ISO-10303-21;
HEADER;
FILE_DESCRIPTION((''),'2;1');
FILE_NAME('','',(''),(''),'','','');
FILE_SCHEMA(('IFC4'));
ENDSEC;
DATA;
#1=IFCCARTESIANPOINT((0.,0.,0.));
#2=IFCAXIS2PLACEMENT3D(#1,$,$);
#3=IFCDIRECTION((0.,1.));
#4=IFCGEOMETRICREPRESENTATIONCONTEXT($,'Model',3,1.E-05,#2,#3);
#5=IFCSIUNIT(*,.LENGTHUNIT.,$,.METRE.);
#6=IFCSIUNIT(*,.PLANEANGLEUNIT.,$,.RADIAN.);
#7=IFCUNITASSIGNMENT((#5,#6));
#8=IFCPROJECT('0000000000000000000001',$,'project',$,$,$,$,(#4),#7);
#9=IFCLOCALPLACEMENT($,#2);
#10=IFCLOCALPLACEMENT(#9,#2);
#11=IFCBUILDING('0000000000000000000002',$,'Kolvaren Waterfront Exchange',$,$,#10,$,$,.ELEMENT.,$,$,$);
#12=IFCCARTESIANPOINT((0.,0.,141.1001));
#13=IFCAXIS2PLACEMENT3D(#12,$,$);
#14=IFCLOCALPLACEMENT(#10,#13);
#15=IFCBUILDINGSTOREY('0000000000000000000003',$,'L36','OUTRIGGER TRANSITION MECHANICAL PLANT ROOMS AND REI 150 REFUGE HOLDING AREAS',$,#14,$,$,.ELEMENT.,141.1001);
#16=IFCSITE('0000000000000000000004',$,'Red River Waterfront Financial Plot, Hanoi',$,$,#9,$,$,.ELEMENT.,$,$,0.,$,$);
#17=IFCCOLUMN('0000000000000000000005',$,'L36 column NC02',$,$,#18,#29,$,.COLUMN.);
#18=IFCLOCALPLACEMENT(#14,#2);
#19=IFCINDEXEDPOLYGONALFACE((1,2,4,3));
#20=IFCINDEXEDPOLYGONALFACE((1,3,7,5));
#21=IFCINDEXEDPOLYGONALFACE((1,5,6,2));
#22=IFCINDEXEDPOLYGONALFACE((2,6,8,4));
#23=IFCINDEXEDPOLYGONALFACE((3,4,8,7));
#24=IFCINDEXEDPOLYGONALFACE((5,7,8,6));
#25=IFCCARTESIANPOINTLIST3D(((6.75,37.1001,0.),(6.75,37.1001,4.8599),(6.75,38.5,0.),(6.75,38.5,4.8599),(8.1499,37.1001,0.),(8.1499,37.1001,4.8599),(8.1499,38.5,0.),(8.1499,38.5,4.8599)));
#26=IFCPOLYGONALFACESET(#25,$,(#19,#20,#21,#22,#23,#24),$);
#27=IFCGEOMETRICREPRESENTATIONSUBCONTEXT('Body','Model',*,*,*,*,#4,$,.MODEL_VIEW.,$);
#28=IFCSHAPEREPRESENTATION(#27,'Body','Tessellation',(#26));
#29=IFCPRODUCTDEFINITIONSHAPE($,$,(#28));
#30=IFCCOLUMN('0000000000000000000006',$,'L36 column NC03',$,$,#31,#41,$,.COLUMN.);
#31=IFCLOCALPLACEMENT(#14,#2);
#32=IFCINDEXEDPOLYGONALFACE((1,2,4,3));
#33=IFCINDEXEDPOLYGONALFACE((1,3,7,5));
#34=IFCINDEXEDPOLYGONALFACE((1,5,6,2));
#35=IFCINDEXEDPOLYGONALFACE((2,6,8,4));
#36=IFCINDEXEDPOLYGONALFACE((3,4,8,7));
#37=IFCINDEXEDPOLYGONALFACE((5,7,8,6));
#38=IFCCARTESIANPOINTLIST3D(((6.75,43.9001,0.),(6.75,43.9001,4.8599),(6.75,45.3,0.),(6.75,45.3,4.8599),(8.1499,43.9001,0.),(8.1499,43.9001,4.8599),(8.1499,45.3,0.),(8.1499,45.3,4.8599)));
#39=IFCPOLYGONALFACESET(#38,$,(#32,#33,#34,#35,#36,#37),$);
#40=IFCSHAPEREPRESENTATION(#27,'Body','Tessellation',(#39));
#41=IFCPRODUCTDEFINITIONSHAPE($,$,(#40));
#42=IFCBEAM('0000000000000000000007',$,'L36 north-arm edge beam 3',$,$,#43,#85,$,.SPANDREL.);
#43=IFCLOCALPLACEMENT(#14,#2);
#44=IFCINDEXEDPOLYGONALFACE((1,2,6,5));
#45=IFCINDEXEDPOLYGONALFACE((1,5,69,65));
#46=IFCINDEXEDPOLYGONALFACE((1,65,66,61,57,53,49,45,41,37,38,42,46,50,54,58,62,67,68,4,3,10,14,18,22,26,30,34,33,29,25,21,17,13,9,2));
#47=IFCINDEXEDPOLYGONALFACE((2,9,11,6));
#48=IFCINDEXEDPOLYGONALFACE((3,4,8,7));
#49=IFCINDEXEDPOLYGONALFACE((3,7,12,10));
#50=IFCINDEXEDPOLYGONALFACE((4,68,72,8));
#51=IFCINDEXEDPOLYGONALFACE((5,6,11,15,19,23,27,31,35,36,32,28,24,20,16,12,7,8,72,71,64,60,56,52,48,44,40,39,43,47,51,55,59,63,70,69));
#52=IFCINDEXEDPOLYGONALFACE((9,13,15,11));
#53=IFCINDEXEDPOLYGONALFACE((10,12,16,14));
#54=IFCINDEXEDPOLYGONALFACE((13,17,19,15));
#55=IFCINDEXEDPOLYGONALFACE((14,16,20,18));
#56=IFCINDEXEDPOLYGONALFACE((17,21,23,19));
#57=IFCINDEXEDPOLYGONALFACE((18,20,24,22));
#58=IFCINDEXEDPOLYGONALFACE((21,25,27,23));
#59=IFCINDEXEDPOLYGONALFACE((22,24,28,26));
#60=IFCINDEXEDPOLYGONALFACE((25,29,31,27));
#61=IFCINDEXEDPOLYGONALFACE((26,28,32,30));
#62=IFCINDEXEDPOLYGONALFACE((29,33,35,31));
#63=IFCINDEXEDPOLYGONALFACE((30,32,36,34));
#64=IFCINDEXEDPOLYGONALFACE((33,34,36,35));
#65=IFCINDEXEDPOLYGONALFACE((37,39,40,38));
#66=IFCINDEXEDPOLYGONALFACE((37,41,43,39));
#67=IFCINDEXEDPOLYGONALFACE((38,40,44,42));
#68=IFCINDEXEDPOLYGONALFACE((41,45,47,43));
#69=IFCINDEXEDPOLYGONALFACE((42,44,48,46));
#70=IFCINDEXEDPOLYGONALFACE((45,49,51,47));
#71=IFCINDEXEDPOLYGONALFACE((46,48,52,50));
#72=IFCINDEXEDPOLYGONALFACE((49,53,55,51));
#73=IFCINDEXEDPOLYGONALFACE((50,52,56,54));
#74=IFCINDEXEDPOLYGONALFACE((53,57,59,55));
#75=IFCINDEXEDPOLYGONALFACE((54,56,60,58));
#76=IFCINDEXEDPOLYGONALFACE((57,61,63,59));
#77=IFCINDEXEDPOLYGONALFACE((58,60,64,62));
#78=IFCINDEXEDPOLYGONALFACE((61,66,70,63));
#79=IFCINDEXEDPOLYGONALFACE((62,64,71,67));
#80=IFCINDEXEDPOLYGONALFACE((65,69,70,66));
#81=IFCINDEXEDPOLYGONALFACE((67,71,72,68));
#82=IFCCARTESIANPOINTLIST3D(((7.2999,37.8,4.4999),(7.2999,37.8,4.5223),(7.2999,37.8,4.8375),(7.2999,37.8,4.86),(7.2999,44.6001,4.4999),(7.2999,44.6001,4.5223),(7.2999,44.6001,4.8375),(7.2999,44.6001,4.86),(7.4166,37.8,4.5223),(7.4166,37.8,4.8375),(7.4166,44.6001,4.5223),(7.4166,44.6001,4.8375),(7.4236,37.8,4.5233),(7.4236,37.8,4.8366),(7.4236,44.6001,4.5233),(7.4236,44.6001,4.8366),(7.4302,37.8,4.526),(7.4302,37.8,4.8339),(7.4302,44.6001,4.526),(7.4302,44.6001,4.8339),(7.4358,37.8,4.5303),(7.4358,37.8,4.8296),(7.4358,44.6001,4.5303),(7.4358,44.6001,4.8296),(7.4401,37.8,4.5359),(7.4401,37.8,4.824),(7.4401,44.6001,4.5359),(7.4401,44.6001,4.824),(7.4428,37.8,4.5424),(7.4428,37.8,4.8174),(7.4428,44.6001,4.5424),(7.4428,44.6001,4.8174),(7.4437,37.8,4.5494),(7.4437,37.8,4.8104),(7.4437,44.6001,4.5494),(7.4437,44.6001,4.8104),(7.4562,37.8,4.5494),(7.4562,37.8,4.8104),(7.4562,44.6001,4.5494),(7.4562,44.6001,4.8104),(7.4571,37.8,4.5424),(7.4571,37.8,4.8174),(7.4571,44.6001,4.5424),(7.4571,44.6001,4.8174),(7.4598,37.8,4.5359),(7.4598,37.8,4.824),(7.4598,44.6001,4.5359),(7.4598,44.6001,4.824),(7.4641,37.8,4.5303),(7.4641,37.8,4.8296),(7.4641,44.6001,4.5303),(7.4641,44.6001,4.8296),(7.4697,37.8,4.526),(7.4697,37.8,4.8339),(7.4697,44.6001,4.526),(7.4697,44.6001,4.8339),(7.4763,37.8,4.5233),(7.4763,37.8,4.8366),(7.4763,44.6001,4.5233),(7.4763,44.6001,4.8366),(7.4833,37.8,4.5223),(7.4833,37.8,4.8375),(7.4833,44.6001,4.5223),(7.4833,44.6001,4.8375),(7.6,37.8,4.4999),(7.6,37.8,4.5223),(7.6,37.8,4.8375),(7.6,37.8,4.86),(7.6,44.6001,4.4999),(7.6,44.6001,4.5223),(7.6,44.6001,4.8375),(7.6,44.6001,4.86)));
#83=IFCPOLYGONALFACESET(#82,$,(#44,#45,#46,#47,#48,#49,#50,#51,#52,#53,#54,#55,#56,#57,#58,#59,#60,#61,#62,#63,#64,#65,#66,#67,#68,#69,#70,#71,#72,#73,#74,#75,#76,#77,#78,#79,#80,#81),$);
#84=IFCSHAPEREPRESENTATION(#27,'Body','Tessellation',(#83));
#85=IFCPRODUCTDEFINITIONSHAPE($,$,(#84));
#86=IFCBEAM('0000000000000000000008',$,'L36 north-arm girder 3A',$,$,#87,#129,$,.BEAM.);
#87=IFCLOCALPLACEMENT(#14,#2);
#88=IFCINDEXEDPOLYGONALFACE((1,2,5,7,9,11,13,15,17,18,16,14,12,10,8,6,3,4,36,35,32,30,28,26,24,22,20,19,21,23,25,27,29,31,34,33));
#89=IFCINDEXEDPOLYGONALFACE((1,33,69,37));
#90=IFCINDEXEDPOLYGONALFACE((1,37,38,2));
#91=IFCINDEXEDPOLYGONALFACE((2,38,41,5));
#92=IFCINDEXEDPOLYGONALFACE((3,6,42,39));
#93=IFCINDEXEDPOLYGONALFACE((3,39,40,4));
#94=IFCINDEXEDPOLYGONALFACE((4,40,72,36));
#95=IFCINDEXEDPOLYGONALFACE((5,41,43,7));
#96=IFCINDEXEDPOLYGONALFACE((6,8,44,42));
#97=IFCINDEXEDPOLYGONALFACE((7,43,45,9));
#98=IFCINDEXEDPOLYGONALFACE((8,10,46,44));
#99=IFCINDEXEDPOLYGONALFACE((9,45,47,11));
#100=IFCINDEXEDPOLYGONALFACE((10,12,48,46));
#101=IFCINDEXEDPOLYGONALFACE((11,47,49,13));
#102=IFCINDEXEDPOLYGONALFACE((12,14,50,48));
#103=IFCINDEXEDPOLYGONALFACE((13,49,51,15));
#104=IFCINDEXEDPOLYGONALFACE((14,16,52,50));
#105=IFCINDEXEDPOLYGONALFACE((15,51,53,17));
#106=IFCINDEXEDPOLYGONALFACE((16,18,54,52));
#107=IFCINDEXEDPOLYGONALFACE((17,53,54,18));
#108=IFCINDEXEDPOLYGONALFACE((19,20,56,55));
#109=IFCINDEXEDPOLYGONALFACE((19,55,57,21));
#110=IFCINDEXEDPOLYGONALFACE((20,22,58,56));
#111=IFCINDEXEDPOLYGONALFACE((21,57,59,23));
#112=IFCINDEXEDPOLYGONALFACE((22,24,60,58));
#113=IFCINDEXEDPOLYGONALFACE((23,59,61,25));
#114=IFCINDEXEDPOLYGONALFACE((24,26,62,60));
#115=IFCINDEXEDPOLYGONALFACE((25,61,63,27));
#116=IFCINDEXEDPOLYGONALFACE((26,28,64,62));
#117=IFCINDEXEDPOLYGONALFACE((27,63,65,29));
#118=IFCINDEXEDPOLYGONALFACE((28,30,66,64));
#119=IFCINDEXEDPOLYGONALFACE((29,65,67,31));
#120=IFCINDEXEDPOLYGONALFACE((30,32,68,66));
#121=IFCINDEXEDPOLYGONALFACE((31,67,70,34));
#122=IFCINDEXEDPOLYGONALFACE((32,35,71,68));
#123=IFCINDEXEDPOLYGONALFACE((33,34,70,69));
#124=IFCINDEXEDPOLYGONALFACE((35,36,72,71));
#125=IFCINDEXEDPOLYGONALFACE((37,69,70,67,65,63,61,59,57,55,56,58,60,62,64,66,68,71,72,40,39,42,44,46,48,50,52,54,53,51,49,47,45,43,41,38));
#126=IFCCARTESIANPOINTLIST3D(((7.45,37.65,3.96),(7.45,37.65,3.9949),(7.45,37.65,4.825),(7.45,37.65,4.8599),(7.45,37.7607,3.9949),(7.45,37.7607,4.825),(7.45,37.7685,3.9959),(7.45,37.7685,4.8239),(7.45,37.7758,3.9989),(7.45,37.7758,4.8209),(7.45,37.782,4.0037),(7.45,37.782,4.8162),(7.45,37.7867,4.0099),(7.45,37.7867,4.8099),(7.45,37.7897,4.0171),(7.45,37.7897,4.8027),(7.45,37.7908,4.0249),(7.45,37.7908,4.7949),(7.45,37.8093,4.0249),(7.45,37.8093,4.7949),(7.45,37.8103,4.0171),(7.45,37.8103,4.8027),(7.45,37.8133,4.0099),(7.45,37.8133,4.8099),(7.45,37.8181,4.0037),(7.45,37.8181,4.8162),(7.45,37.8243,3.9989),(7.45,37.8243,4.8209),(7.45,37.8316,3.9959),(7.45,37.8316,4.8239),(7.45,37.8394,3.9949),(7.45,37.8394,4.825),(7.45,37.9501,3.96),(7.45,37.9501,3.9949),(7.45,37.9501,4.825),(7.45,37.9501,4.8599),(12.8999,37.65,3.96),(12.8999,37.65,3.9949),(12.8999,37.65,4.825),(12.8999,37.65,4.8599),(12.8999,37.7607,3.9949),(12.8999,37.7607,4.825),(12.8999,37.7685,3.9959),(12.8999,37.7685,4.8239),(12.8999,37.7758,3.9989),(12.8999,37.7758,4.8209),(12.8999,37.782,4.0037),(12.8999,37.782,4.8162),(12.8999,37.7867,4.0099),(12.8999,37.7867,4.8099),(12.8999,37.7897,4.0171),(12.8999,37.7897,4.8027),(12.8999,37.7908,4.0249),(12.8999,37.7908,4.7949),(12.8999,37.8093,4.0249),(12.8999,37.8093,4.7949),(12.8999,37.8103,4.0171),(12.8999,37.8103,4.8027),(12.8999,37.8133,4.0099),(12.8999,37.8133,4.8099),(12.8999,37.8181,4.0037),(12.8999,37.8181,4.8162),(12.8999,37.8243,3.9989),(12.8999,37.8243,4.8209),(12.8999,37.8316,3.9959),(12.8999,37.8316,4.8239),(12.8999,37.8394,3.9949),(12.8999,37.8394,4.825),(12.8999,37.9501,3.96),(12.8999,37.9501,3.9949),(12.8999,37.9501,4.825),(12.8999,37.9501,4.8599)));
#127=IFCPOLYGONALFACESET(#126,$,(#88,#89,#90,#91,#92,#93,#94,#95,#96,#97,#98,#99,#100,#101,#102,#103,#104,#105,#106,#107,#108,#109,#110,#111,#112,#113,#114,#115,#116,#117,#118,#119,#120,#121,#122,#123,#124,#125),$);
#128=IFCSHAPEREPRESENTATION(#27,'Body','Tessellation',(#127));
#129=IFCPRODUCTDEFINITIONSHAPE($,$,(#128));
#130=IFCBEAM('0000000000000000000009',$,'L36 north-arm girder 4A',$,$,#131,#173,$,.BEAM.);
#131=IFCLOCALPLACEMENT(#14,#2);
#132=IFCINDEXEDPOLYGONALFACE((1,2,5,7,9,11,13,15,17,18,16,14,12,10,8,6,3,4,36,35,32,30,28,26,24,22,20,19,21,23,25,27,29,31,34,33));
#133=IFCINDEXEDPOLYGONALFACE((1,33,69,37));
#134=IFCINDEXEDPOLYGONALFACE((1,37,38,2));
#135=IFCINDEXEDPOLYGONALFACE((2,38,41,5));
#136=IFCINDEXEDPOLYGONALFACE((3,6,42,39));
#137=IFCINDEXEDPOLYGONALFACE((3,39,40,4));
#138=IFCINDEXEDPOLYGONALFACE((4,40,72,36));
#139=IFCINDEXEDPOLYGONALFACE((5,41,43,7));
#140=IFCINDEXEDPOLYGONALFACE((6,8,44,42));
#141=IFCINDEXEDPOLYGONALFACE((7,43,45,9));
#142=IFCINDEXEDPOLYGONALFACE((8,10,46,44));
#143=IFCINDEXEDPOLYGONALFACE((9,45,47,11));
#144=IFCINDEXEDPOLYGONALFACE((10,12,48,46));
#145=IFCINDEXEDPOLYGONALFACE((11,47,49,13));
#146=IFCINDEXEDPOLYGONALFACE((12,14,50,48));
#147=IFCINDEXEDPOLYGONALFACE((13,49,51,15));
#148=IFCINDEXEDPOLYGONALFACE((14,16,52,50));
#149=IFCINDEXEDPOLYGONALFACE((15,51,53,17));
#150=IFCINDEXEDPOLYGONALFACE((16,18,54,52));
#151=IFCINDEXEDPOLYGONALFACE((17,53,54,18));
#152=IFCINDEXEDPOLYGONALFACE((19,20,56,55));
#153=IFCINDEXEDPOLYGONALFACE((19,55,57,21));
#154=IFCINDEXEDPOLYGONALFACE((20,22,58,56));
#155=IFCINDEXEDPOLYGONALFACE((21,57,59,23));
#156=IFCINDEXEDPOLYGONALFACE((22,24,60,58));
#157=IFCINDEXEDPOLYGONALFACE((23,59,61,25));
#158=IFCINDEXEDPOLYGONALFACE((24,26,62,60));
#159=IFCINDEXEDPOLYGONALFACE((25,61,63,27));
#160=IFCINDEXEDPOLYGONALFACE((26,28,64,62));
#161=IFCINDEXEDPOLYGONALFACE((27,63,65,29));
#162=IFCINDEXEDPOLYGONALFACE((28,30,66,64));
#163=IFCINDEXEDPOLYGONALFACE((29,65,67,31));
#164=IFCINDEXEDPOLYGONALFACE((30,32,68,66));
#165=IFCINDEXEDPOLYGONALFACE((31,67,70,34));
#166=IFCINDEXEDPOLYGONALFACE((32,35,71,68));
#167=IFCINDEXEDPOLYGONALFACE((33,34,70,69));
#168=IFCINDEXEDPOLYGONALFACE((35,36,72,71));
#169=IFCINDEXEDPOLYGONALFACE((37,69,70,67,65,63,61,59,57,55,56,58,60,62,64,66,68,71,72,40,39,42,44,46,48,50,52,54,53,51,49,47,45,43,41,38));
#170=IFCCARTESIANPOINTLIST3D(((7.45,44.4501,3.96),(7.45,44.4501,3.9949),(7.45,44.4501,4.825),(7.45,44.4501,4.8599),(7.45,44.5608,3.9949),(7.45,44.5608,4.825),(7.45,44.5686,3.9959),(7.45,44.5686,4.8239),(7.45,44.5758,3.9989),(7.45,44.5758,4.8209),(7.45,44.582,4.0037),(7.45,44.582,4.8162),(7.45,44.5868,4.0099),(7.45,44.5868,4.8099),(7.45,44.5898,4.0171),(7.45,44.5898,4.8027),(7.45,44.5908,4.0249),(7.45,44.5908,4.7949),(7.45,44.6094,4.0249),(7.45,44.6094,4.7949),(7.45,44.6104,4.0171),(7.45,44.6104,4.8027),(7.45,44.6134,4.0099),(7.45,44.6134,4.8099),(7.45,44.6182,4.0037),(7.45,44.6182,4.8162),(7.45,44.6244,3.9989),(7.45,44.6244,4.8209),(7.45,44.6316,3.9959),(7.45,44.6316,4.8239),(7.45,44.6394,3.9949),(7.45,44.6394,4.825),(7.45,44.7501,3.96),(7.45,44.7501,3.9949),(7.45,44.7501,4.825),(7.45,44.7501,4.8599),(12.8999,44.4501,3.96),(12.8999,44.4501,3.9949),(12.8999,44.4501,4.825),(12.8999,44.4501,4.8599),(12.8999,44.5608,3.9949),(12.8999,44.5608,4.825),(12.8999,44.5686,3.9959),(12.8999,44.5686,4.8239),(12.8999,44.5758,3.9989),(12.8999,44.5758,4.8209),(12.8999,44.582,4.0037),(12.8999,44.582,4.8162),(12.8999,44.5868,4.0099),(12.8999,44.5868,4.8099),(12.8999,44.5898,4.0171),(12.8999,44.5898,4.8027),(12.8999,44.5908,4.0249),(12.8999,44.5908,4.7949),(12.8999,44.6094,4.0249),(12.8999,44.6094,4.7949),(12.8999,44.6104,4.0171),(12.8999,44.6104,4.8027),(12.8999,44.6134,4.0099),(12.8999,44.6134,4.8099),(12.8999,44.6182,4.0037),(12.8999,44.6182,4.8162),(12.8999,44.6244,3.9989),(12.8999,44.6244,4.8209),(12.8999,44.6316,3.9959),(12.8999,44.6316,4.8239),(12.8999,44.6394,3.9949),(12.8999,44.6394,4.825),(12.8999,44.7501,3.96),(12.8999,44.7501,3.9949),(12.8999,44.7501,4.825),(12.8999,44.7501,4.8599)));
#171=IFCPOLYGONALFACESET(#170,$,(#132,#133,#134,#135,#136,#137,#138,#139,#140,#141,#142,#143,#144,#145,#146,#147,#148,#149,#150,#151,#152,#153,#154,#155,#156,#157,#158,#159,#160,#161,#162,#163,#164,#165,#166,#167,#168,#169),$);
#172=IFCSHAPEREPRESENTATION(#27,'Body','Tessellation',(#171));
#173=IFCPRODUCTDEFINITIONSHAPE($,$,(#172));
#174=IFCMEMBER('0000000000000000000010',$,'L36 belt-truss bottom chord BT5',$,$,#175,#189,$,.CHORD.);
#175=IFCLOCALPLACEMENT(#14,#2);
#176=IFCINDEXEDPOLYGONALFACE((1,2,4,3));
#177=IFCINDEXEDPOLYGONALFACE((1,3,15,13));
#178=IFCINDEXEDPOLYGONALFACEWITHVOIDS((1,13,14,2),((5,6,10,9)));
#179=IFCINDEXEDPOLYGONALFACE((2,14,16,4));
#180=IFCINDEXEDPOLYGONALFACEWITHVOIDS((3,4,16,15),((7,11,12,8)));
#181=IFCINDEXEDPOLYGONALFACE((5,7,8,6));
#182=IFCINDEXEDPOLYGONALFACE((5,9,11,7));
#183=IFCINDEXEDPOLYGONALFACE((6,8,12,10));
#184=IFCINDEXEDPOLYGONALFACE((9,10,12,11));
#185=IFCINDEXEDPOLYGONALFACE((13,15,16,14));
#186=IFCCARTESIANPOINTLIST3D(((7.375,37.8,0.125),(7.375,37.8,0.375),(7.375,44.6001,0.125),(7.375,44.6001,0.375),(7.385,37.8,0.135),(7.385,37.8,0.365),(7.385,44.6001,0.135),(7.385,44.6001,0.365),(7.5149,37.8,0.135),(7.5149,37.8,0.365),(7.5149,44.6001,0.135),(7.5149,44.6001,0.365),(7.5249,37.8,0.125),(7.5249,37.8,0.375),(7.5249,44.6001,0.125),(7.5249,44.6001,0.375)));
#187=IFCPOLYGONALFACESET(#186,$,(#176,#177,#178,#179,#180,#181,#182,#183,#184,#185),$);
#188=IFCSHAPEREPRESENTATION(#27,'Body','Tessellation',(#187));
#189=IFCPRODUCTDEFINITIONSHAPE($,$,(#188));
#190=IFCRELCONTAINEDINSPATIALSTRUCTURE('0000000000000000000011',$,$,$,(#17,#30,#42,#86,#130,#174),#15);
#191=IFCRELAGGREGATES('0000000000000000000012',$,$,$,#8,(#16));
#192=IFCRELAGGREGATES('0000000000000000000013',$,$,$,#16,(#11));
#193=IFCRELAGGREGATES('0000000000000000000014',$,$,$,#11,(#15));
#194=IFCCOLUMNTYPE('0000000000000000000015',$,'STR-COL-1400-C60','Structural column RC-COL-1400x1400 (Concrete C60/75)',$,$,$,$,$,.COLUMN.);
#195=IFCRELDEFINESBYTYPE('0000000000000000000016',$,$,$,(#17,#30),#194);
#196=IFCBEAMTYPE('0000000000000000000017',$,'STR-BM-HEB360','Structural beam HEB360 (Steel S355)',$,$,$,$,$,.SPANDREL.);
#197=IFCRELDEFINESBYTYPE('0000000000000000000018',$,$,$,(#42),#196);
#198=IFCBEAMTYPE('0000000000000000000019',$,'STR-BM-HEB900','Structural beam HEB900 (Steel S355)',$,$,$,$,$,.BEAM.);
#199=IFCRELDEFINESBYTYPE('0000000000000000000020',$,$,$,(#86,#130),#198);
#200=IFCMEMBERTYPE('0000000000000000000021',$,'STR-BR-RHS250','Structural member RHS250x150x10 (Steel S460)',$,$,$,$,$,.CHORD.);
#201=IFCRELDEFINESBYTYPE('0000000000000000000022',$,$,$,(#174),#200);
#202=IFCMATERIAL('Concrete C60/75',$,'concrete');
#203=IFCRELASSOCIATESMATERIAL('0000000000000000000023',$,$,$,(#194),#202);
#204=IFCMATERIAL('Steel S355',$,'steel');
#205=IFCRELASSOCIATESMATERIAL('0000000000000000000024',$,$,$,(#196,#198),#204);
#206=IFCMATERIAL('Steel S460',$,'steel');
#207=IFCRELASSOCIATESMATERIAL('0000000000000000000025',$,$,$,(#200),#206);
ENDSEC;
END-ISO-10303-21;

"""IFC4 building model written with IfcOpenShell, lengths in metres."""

from ifc_helpers import new_model, si_unit, direction, frame, origin, origin_2d, place, context, subcontext, project, spatial, rectangle, hollow_rectangle, i_section, extrude, material, material_profile, profile_set, type_object, element, save


model = new_model("IFC4")

# Units and contexts
model_context = context("Model", 3, precision=1e-05, world=origin(), true_north=direction((0.0, 1.0)))
body_context = subcontext(model_context, "Body", "Model", "MODEL_VIEW")
ifc_project = project(units=[si_unit("LENGTHUNIT", "METRE"), si_unit("PLANEANGLEUNIT", "RADIAN")], contexts=[model_context])

# Site, building, storey
site_placement = place(None, origin())
site = spatial("IfcSite", under=ifc_project, at=site_placement, Name="Red River Waterfront Financial Plot, Hanoi", CompositionType="ELEMENT", RefElevation=0.0)
building_placement = place(site_placement, origin())
building = spatial("IfcBuilding", under=site, at=building_placement, Name="Kolvaren Waterfront Exchange", CompositionType="ELEMENT")
storey_placement = place(building_placement, frame((0.0, 0.0, 141.1001)))
storey = spatial("IfcBuildingStorey", under=building, at=storey_placement, Name="L36", Description="OUTRIGGER TRANSITION MECHANICAL PLANT ROOMS AND REI 150 REFUGE HOLDING AREAS", CompositionType="ELEMENT", Elevation=141.1001)

# Columns
ifc_material_1 = material(Name="Concrete C60/75", Category="concrete")
ifc_material_profile_1 = material_profile(ifc_material_1, rectangle(XDim=1.3999, YDim=1.3999, at=origin_2d()), Name="RC-COL-1400x1400")
ifc_profile_set_1 = profile_set([ifc_material_profile_1], Name="Concrete C60/75")
column_type = type_object("IfcColumnType", Name="STR-COL-1400-C60", Description="Structural column RC-COL-1400x1400 (Concrete C60/75)", PredefinedType="COLUMN", material=ifc_profile_set_1)
for number, where, z_axis, x_axis, name in (
    (1, (7.45, 37.8, 0.0), (0.0, 0.0, 1.0), (1.0, 0.0, 0.0), "L36 column NC02"),
    (2, (7.45, 44.6001, 0.0), (0.0, 0.0, 1.0), (1.0, 0.0, 0.0), "L36 column NC03"),
):
    element("IfcColumn", number, at=place(storey_placement, frame(where, z_axis=z_axis, x_axis=x_axis)), inside=storey, type_object=column_type, Name=name, PredefinedType="COLUMN", context=body_context, shape_type="SweptSolid", body=[
        extrude(rectangle(XDim=1.3999, YDim=1.3999, at=origin_2d()), origin(), (0.0, 0.0, 1.0), 4.8599),
    ])

# Beams
ifc_material_2 = material(Name="Steel S355", Category="steel")
ifc_material_profile_2 = material_profile(ifc_material_2, i_section(OverallWidth=0.3, OverallDepth=0.3601, WebThickness=0.0125, FlangeThickness=0.0225, FilletRadius=0.0271, at=origin_2d()), Name="HEB360")
ifc_profile_set_2 = profile_set([ifc_material_profile_2], Name="Steel S355")
beam_type_1 = type_object("IfcBeamType", Name="STR-BM-HEB360", Description="Structural beam HEB360 (Steel S355)", PredefinedType="SPANDREL", material=ifc_profile_set_2)
beam_placement = place(storey_placement, frame((7.45, 37.8, 4.6799), z_axis=(0.0, 1.0, 0.0), x_axis=(-1.0, 0.0, 0.0)))
element("IfcBeam", 3, at=beam_placement, inside=storey, type_object=beam_type_1, Name="L36 north-arm edge beam 3", PredefinedType="SPANDREL", context=body_context, shape_type="SweptSolid", body=[
    extrude(i_section(OverallWidth=0.3, OverallDepth=0.3601, WebThickness=0.0125, FlangeThickness=0.0225, FilletRadius=0.0271, at=origin_2d()), origin(), (0.0, 0.0, 1.0), 6.8),
])
ifc_material_profile_3 = material_profile(ifc_material_2, i_section(OverallWidth=0.3, OverallDepth=0.8999, WebThickness=0.0186, FlangeThickness=0.0349, FilletRadius=0.03, at=origin_2d()), Name="HEB900")
ifc_profile_set_3 = profile_set([ifc_material_profile_3], Name="Steel S355")
beam_type_2 = type_object("IfcBeamType", Name="STR-BM-HEB900", Description="Structural beam HEB900 (Steel S355)", PredefinedType="BEAM", material=ifc_profile_set_3)
for number, where, z_axis, x_axis, name in (
    (4, (7.45, 37.8, 4.4099), (1.0, 0.0, 0.0), (0.0, 1.0, 0.0), "L36 north-arm girder 3A"),
    (5, (7.45, 44.6001, 4.4099), (1.0, 0.0, 0.0), (0.0, 1.0, 0.0), "L36 north-arm girder 4A"),
):
    element("IfcBeam", number, at=place(storey_placement, frame(where, z_axis=z_axis, x_axis=x_axis)), inside=storey, type_object=beam_type_2, Name=name, PredefinedType="BEAM", context=body_context, shape_type="SweptSolid", body=[
        extrude(i_section(OverallWidth=0.3, OverallDepth=0.8999, WebThickness=0.0186, FlangeThickness=0.0349, FilletRadius=0.03, at=origin_2d()), origin(), (0.0, 0.0, 1.0), 5.45),
    ])

# Member
ifc_material_3 = material(Name="Steel S460", Category="steel")
ifc_material_profile_4 = material_profile(ifc_material_3, hollow_rectangle(XDim=0.1499, YDim=0.25, WallThickness=0.01, at=origin_2d()), Name="RHS250x150x10")
ifc_profile_set_4 = profile_set([ifc_material_profile_4], Name="Steel S460")
member_type_1 = type_object("IfcMemberType", Name="STR-BR-RHS250", Description="Structural member RHS250x150x10 (Steel S460)", PredefinedType="CHORD", material=ifc_profile_set_4)
member_1_placement = place(storey_placement, frame((7.45, 37.8, 0.25), z_axis=(0.0, 1.0, 0.0), x_axis=(-1.0, 0.0, 0.0)))
element("IfcMember", 6, at=member_1_placement, inside=storey, type_object=member_type_1, Name="L36 belt-truss bottom chord BT5", PredefinedType="CHORD", context=body_context, shape_type="SweptSolid", body=[
    extrude(hollow_rectangle(XDim=0.1499, YDim=0.25, WallThickness=0.01, at=origin_2d()), origin(), (0.0, 0.0, 1.0), 6.8),
])

save(model, "model.ifc")
